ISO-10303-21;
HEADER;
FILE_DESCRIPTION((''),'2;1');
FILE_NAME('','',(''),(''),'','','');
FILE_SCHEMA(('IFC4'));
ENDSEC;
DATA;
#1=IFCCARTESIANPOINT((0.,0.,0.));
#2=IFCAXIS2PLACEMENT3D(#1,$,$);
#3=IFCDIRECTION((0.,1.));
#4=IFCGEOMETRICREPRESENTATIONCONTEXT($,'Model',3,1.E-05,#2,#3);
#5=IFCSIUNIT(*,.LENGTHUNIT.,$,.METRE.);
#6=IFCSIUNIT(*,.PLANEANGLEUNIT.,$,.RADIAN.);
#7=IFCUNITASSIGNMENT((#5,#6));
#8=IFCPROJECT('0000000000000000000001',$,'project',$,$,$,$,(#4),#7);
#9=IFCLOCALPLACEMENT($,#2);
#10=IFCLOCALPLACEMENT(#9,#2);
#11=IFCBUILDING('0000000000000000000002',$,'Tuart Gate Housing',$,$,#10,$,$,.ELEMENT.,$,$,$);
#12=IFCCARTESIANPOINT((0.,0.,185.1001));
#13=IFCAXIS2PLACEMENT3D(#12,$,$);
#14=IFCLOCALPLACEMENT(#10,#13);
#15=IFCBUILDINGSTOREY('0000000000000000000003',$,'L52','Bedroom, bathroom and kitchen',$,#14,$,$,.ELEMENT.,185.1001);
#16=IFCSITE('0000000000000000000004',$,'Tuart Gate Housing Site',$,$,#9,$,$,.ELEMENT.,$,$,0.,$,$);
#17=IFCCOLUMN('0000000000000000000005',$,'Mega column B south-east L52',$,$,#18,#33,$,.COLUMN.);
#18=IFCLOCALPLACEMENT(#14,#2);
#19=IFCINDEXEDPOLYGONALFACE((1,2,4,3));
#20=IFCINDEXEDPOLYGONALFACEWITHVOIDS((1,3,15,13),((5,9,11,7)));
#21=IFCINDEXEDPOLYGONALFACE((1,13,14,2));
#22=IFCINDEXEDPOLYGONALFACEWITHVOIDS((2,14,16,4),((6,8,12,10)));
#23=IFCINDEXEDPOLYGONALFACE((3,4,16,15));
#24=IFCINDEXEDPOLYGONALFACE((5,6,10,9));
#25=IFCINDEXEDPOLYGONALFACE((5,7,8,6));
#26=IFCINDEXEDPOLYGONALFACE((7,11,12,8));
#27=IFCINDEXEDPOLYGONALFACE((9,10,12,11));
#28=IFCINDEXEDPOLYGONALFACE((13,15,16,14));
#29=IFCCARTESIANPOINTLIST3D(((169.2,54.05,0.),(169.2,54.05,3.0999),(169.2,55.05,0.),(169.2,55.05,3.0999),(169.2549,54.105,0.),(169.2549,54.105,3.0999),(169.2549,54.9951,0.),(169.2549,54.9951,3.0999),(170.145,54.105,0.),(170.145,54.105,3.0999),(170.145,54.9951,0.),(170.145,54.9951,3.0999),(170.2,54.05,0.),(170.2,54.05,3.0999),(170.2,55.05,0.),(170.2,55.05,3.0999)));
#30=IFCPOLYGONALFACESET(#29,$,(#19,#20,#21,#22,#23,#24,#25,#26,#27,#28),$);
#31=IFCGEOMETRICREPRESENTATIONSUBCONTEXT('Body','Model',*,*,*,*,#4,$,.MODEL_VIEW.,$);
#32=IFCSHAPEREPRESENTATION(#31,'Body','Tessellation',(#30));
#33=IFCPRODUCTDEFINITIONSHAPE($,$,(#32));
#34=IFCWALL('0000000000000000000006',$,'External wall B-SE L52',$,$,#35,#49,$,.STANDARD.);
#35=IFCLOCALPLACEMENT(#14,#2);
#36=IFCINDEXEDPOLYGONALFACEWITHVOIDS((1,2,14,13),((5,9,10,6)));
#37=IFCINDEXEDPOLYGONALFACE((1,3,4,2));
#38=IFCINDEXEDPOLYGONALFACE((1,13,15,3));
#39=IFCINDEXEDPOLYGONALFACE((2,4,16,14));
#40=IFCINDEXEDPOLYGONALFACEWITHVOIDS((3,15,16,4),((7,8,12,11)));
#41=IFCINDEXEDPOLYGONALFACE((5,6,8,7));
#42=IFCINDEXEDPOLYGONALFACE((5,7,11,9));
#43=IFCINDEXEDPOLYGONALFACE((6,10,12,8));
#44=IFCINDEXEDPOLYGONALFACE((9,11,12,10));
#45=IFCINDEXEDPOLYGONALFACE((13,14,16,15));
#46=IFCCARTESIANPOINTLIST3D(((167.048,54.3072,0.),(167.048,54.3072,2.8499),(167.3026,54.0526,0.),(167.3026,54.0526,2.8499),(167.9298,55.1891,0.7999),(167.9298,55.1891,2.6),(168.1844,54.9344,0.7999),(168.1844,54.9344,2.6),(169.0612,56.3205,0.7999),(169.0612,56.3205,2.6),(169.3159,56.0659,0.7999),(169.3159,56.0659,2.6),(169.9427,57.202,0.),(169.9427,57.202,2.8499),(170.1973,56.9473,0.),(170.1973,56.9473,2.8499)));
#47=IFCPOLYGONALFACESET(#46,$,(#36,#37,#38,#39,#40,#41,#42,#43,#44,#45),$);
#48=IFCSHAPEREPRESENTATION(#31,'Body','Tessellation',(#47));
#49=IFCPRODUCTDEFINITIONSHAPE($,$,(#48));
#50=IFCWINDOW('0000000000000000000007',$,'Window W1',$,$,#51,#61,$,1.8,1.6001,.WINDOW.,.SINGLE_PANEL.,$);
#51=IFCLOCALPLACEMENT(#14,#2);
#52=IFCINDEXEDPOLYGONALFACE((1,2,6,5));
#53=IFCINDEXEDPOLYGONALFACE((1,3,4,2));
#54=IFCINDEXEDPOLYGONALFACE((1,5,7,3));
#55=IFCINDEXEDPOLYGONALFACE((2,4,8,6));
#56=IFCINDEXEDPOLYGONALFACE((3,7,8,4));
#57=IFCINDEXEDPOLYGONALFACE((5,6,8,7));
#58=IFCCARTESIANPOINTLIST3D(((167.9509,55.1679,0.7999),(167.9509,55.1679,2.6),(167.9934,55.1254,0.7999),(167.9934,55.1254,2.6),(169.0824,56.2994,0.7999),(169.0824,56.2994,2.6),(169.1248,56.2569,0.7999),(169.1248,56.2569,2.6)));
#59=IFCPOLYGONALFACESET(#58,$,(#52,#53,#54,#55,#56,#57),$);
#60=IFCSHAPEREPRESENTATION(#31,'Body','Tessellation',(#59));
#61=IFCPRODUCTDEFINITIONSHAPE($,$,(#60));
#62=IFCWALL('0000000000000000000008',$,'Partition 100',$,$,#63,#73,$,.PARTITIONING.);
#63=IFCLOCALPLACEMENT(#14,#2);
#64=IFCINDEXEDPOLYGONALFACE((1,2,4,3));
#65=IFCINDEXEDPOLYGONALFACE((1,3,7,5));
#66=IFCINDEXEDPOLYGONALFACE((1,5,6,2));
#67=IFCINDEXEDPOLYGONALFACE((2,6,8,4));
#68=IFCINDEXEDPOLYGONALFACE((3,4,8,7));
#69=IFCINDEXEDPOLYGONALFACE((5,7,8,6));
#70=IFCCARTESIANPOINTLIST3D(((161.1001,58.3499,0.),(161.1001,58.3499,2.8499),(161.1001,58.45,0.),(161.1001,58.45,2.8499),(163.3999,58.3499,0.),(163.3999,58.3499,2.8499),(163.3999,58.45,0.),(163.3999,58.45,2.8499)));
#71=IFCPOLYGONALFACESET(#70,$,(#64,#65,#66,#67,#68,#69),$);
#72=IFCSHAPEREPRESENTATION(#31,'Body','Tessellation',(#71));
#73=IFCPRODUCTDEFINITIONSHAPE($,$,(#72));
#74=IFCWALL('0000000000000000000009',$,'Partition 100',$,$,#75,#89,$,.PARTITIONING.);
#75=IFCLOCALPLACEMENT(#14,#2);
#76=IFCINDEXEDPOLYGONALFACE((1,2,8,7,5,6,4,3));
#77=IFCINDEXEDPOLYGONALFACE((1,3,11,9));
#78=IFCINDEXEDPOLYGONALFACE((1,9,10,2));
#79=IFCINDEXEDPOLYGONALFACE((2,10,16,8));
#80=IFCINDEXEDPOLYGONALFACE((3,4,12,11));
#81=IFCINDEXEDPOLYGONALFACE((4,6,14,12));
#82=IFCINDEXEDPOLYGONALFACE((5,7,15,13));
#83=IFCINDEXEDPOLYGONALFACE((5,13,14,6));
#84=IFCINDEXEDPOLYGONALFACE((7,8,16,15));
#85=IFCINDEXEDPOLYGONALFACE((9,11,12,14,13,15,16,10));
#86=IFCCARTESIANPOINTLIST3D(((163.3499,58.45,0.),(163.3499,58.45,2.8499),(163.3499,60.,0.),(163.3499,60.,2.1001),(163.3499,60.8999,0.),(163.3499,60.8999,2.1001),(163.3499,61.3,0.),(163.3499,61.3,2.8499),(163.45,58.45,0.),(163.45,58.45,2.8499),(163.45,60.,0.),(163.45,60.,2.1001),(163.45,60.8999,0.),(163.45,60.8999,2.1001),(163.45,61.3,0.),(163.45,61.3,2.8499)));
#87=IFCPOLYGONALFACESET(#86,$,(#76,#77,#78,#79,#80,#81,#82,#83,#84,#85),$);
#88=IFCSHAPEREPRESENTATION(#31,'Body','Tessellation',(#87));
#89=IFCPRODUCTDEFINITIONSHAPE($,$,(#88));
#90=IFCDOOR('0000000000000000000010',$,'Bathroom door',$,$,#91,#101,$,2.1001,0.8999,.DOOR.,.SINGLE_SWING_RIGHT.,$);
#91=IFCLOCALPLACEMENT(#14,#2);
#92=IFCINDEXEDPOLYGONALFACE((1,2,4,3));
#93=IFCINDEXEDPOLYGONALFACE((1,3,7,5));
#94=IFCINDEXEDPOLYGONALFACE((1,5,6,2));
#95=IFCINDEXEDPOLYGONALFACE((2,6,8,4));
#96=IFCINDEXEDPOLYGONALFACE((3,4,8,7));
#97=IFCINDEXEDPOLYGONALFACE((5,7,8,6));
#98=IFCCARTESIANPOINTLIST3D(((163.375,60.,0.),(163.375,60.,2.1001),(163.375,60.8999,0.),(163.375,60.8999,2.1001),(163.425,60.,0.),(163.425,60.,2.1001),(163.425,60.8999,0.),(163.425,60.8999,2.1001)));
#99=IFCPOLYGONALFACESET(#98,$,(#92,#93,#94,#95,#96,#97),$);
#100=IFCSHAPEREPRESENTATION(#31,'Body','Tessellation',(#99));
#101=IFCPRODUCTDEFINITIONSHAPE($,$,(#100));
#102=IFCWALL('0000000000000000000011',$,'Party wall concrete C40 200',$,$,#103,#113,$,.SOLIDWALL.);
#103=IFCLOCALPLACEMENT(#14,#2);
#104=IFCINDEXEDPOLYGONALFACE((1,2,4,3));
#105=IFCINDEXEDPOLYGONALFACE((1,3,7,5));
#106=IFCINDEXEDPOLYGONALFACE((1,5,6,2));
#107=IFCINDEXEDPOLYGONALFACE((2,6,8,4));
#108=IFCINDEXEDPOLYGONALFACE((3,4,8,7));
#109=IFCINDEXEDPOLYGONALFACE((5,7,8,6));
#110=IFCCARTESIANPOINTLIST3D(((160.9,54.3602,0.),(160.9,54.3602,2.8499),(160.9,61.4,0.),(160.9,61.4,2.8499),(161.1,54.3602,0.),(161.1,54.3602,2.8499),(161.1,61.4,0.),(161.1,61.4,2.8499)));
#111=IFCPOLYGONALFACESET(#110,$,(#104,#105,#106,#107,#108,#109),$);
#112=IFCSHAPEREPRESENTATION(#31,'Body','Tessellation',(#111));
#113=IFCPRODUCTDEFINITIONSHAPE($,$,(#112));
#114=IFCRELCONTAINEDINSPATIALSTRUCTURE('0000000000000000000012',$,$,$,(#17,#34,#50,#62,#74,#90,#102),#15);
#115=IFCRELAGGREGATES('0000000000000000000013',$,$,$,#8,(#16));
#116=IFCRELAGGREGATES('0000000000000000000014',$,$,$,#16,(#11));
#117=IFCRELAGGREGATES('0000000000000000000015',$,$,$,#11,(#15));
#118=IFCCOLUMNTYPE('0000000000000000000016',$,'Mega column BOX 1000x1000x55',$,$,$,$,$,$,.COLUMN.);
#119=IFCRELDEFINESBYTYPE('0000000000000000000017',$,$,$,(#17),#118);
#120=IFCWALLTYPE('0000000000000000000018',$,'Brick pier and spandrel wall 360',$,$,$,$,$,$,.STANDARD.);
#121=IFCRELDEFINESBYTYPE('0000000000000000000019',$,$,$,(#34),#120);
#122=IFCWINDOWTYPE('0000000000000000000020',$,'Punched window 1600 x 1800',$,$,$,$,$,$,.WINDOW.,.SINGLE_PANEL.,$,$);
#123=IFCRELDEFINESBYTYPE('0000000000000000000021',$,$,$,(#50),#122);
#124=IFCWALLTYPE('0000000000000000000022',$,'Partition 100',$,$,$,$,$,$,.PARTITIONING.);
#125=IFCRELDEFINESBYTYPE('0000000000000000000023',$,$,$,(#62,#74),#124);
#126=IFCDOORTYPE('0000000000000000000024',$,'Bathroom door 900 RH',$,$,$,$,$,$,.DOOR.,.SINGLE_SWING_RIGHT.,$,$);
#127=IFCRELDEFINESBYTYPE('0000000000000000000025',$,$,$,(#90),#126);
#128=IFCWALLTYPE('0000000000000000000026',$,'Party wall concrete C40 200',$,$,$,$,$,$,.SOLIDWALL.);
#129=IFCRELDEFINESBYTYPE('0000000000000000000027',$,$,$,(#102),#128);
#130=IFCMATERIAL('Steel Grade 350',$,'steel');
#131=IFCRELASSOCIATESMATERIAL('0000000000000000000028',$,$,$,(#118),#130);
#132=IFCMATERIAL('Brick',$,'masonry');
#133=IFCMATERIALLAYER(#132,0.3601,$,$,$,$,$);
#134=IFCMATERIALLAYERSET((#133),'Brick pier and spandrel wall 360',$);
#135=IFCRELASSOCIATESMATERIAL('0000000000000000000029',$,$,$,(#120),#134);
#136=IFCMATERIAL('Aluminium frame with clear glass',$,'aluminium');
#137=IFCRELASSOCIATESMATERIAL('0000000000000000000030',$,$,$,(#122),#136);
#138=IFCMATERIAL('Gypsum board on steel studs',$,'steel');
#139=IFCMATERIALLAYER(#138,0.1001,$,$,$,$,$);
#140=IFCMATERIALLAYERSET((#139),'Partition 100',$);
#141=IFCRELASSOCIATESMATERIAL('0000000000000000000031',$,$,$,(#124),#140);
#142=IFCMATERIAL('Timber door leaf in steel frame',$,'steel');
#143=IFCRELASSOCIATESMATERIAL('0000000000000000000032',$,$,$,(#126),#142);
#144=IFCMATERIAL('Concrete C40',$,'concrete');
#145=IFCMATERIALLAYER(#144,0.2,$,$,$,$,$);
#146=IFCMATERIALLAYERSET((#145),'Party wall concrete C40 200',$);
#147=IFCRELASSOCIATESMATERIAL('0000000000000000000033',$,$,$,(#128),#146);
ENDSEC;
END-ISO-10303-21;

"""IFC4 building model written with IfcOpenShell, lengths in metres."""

from ifc_helpers import new_model, si_unit, direction, frame, frame_2d, origin, origin_2d, place, context, subcontext, project, spatial, rectangle, hollow_rectangle, extrude, material, layer, layer_set, material_profile, profile_set, type_object, element, fill, save


model = new_model("IFC4")

# Units and contexts
model_context = context("Model", 3, precision=1e-05, world=origin(), true_north=direction((0.0, 1.0)))
body_context = subcontext(model_context, "Body", "Model", "MODEL_VIEW")
ifc_project = project(units=[si_unit("LENGTHUNIT", "METRE"), si_unit("PLANEANGLEUNIT", "RADIAN")], contexts=[model_context])

# Site, building, storey
site_placement = place(None, origin())
site = spatial("IfcSite", under=ifc_project, at=site_placement, Name="Tuart Gate Housing Site", CompositionType="ELEMENT", RefElevation=0.0)
building_placement = place(site_placement, origin())
building = spatial("IfcBuilding", under=site, at=building_placement, Name="Tuart Gate Housing", CompositionType="ELEMENT")
storey_placement = place(building_placement, frame((0.0, 0.0, 185.1001)))
storey = spatial("IfcBuildingStorey", under=building, at=storey_placement, Name="L52", Description="Bedroom, bathroom and kitchen", CompositionType="ELEMENT", Elevation=185.1001)

# Column
ifc_material_1 = material(Name="Steel Grade 350", Category="steel")
ifc_material_profile = material_profile(ifc_material_1, hollow_rectangle(XDim=1.0, YDim=1.0, WallThickness=0.0549, at=origin_2d()), Name="BOX 1000x1000x55")
ifc_profile_set = profile_set([ifc_material_profile], Name="Steel Grade 350")
column_type = type_object("IfcColumnType", Name="Mega column BOX 1000x1000x55", PredefinedType="COLUMN", material=ifc_profile_set)
column_placement = place(storey_placement, frame((169.7, 54.55, 0.0), z_axis=(0.0, 0.0, 1.0), x_axis=(1.0, 0.0, 0.0)))
element("IfcColumn", 1, at=column_placement, inside=storey, type_object=column_type, Name="Mega column B south-east L52", PredefinedType="COLUMN", context=body_context, shape_type="SweptSolid", body=[
    extrude(hollow_rectangle(XDim=1.0, YDim=1.0, WallThickness=0.0549, at=origin_2d()), origin(), (0.0, 0.0, 1.0), 3.0999),
])

# Wall, opening, window
ifc_material_2 = material(Name="Brick", Category="masonry")
ifc_layer_1 = layer(ifc_material_2, 0.3601)
ifc_layer_set_1 = layer_set([ifc_layer_1], Name="Brick pier and spandrel wall 360")
wall_type_1 = type_object("IfcWallType", Name="Brick pier and spandrel wall 360", PredefinedType="STANDARD", material=ifc_layer_set_1)
wall_1_placement = place(storey_placement, frame((167.1753, 54.1799, 0.0), z_axis=(0.0, 0.0, 1.0), x_axis=(0.707107, 0.707107, 0.0)))
wall_1 = element("IfcWall", 2, at=wall_1_placement, inside=storey, type_object=wall_type_1, Name="External wall B-SE L52", PredefinedType="STANDARD", context=body_context, shape_type="SweptSolid", body=[
    extrude(rectangle(XDim=4.0938, YDim=0.3601, at=frame_2d((2.0469, 0.0))), origin(), (0.0, 0.0, 1.0), 2.8499),
])
opening_1_placement = place(wall_1_placement, frame((1.2471, 0.0, 0.8)))
opening_1 = element("IfcOpeningElement", 3, at=opening_1_placement, cuts=wall_1, PredefinedType="OPENING", context=body_context, shape_type="SweptSolid", body=[
    extrude(rectangle(XDim=1.6001, YDim=1.8, at=frame_2d((0.8, 0.8999))), frame((0.0, 0.1899, 0.0), z_axis=(0.0, -1.0, 0.0), x_axis=(1.0, 0.0, 0.0)), (0.0, 0.0, 1.0), 0.3801),
])
ifc_material_3 = material(Name="Aluminium frame with clear glass", Category="aluminium")
window_type_1 = type_object("IfcWindowType", Name="Punched window 1600 x 1800", PartitioningType="SINGLE_PANEL", PredefinedType="WINDOW", material=ifc_material_3)
window_1_placement = place(opening_1_placement, origin())
window_1 = element("IfcWindow", 4, at=window_1_placement, inside=storey, type_object=window_type_1, Name="Window W1", OverallHeight=1.8, OverallWidth=1.6001, PartitioningType="SINGLE_PANEL", PredefinedType="WINDOW", context=body_context, shape_type="SweptSolid", body=[
    extrude(rectangle(XDim=1.6001, YDim=1.8, at=frame_2d((0.8, 0.8999))), frame((0.0, 0.1501, 0.0), z_axis=(0.0, -1.0, 0.0), x_axis=(1.0, 0.0, 0.0)), (0.0, 0.0, 1.0), 0.0601),
])
fill(opening_1, window_1)

# Wall
ifc_material_4 = material(Name="Gypsum board on steel studs", Category="steel")
ifc_layer_2 = layer(ifc_material_4, 0.1001)
ifc_layer_set_2 = layer_set([ifc_layer_2], Name="Partition 100")
wall_type_2 = type_object("IfcWallType", Name="Partition 100", PredefinedType="PARTITIONING", material=ifc_layer_set_2)
wall_2_placement = place(storey_placement, frame((161.1001, 58.3999, 0.0), z_axis=(0.0, 0.0, 1.0), x_axis=(1.0, 0.0, 0.0)))
element("IfcWall", 5, at=wall_2_placement, inside=storey, type_object=wall_type_2, Name="Partition 100", PredefinedType="PARTITIONING", context=body_context, shape_type="SweptSolid", body=[
    extrude(rectangle(XDim=2.2998, YDim=0.1001, at=frame_2d((1.1499, 0.0))), origin(), (0.0, 0.0, 1.0), 2.8499),
])

# Wall, opening, door
wall_3_placement = place(storey_placement, frame((163.3999, 58.45, 0.0), z_axis=(0.0, 0.0, 1.0), x_axis=(0.0, 1.0, 0.0)))
wall_3 = element("IfcWall", 6, at=wall_3_placement, inside=storey, type_object=wall_type_2, Name="Partition 100", PredefinedType="PARTITIONING", context=body_context, shape_type="SweptSolid", body=[
    extrude(rectangle(XDim=2.8501, YDim=0.1001, at=frame_2d((1.425, 0.0))), origin(), (0.0, 0.0, 1.0), 2.8499),
])
opening_2_placement = place(wall_3_placement, frame((1.55, 0.0, 0.0)))
opening_2 = element("IfcOpeningElement", 7, at=opening_2_placement, cuts=wall_3, PredefinedType="OPENING", context=body_context, shape_type="SweptSolid", body=[
    extrude(rectangle(XDim=0.8999, YDim=2.1001, at=frame_2d((0.45, 1.05))), frame((0.0, 0.0601, 0.0), z_axis=(0.0, -1.0, 0.0), x_axis=(1.0, 0.0, 0.0)), (0.0, 0.0, 1.0), 0.1201),
])
ifc_material_5 = material(Name="Timber door leaf in steel frame", Category="steel")
door_type = type_object("IfcDoorType", Name="Bathroom door 900 RH", OperationType="SINGLE_SWING_RIGHT", PredefinedType="DOOR", material=ifc_material_5)
door_placement = place(opening_2_placement, origin())
door = element("IfcDoor", 8, at=door_placement, inside=storey, type_object=door_type, Name="Bathroom door", OperationType="SINGLE_SWING_RIGHT", OverallHeight=2.1001, OverallWidth=0.8999, PredefinedType="DOOR", context=body_context, shape_type="SweptSolid", body=[
    extrude(rectangle(XDim=0.8999, YDim=2.1001, at=frame_2d((0.45, 1.05))), frame((0.0, 0.0249, 0.0), z_axis=(0.0, -1.0, 0.0), x_axis=(1.0, 0.0, 0.0)), (0.0, 0.0, 1.0), 0.05),
])
fill(opening_2, door)

# Wall
ifc_material_6 = material(Name="Concrete C40", Category="concrete")
ifc_layer_3 = layer(ifc_material_6, 0.2)
ifc_layer_set_3 = layer_set([ifc_layer_3], Name="Party wall concrete C40 200")
wall_type_3 = type_object("IfcWallType", Name="Party wall concrete C40 200", PredefinedType="SOLIDWALL", material=ifc_layer_set_3)
wall_4_placement = place(storey_placement, frame((161.0, 54.3601, 0.0), z_axis=(0.0, 0.0, 1.0), x_axis=(0.0, 1.0, 0.0)))
element("IfcWall", 9, at=wall_4_placement, inside=storey, type_object=wall_type_3, Name="Party wall concrete C40 200", PredefinedType="SOLIDWALL", context=body_context, shape_type="SweptSolid", body=[
    extrude(rectangle(XDim=7.0398, YDim=0.2, at=frame_2d((3.52, 0.0))), origin(), (0.0, 0.0, 1.0), 2.8499),
])

save(model, "model.ifc")
